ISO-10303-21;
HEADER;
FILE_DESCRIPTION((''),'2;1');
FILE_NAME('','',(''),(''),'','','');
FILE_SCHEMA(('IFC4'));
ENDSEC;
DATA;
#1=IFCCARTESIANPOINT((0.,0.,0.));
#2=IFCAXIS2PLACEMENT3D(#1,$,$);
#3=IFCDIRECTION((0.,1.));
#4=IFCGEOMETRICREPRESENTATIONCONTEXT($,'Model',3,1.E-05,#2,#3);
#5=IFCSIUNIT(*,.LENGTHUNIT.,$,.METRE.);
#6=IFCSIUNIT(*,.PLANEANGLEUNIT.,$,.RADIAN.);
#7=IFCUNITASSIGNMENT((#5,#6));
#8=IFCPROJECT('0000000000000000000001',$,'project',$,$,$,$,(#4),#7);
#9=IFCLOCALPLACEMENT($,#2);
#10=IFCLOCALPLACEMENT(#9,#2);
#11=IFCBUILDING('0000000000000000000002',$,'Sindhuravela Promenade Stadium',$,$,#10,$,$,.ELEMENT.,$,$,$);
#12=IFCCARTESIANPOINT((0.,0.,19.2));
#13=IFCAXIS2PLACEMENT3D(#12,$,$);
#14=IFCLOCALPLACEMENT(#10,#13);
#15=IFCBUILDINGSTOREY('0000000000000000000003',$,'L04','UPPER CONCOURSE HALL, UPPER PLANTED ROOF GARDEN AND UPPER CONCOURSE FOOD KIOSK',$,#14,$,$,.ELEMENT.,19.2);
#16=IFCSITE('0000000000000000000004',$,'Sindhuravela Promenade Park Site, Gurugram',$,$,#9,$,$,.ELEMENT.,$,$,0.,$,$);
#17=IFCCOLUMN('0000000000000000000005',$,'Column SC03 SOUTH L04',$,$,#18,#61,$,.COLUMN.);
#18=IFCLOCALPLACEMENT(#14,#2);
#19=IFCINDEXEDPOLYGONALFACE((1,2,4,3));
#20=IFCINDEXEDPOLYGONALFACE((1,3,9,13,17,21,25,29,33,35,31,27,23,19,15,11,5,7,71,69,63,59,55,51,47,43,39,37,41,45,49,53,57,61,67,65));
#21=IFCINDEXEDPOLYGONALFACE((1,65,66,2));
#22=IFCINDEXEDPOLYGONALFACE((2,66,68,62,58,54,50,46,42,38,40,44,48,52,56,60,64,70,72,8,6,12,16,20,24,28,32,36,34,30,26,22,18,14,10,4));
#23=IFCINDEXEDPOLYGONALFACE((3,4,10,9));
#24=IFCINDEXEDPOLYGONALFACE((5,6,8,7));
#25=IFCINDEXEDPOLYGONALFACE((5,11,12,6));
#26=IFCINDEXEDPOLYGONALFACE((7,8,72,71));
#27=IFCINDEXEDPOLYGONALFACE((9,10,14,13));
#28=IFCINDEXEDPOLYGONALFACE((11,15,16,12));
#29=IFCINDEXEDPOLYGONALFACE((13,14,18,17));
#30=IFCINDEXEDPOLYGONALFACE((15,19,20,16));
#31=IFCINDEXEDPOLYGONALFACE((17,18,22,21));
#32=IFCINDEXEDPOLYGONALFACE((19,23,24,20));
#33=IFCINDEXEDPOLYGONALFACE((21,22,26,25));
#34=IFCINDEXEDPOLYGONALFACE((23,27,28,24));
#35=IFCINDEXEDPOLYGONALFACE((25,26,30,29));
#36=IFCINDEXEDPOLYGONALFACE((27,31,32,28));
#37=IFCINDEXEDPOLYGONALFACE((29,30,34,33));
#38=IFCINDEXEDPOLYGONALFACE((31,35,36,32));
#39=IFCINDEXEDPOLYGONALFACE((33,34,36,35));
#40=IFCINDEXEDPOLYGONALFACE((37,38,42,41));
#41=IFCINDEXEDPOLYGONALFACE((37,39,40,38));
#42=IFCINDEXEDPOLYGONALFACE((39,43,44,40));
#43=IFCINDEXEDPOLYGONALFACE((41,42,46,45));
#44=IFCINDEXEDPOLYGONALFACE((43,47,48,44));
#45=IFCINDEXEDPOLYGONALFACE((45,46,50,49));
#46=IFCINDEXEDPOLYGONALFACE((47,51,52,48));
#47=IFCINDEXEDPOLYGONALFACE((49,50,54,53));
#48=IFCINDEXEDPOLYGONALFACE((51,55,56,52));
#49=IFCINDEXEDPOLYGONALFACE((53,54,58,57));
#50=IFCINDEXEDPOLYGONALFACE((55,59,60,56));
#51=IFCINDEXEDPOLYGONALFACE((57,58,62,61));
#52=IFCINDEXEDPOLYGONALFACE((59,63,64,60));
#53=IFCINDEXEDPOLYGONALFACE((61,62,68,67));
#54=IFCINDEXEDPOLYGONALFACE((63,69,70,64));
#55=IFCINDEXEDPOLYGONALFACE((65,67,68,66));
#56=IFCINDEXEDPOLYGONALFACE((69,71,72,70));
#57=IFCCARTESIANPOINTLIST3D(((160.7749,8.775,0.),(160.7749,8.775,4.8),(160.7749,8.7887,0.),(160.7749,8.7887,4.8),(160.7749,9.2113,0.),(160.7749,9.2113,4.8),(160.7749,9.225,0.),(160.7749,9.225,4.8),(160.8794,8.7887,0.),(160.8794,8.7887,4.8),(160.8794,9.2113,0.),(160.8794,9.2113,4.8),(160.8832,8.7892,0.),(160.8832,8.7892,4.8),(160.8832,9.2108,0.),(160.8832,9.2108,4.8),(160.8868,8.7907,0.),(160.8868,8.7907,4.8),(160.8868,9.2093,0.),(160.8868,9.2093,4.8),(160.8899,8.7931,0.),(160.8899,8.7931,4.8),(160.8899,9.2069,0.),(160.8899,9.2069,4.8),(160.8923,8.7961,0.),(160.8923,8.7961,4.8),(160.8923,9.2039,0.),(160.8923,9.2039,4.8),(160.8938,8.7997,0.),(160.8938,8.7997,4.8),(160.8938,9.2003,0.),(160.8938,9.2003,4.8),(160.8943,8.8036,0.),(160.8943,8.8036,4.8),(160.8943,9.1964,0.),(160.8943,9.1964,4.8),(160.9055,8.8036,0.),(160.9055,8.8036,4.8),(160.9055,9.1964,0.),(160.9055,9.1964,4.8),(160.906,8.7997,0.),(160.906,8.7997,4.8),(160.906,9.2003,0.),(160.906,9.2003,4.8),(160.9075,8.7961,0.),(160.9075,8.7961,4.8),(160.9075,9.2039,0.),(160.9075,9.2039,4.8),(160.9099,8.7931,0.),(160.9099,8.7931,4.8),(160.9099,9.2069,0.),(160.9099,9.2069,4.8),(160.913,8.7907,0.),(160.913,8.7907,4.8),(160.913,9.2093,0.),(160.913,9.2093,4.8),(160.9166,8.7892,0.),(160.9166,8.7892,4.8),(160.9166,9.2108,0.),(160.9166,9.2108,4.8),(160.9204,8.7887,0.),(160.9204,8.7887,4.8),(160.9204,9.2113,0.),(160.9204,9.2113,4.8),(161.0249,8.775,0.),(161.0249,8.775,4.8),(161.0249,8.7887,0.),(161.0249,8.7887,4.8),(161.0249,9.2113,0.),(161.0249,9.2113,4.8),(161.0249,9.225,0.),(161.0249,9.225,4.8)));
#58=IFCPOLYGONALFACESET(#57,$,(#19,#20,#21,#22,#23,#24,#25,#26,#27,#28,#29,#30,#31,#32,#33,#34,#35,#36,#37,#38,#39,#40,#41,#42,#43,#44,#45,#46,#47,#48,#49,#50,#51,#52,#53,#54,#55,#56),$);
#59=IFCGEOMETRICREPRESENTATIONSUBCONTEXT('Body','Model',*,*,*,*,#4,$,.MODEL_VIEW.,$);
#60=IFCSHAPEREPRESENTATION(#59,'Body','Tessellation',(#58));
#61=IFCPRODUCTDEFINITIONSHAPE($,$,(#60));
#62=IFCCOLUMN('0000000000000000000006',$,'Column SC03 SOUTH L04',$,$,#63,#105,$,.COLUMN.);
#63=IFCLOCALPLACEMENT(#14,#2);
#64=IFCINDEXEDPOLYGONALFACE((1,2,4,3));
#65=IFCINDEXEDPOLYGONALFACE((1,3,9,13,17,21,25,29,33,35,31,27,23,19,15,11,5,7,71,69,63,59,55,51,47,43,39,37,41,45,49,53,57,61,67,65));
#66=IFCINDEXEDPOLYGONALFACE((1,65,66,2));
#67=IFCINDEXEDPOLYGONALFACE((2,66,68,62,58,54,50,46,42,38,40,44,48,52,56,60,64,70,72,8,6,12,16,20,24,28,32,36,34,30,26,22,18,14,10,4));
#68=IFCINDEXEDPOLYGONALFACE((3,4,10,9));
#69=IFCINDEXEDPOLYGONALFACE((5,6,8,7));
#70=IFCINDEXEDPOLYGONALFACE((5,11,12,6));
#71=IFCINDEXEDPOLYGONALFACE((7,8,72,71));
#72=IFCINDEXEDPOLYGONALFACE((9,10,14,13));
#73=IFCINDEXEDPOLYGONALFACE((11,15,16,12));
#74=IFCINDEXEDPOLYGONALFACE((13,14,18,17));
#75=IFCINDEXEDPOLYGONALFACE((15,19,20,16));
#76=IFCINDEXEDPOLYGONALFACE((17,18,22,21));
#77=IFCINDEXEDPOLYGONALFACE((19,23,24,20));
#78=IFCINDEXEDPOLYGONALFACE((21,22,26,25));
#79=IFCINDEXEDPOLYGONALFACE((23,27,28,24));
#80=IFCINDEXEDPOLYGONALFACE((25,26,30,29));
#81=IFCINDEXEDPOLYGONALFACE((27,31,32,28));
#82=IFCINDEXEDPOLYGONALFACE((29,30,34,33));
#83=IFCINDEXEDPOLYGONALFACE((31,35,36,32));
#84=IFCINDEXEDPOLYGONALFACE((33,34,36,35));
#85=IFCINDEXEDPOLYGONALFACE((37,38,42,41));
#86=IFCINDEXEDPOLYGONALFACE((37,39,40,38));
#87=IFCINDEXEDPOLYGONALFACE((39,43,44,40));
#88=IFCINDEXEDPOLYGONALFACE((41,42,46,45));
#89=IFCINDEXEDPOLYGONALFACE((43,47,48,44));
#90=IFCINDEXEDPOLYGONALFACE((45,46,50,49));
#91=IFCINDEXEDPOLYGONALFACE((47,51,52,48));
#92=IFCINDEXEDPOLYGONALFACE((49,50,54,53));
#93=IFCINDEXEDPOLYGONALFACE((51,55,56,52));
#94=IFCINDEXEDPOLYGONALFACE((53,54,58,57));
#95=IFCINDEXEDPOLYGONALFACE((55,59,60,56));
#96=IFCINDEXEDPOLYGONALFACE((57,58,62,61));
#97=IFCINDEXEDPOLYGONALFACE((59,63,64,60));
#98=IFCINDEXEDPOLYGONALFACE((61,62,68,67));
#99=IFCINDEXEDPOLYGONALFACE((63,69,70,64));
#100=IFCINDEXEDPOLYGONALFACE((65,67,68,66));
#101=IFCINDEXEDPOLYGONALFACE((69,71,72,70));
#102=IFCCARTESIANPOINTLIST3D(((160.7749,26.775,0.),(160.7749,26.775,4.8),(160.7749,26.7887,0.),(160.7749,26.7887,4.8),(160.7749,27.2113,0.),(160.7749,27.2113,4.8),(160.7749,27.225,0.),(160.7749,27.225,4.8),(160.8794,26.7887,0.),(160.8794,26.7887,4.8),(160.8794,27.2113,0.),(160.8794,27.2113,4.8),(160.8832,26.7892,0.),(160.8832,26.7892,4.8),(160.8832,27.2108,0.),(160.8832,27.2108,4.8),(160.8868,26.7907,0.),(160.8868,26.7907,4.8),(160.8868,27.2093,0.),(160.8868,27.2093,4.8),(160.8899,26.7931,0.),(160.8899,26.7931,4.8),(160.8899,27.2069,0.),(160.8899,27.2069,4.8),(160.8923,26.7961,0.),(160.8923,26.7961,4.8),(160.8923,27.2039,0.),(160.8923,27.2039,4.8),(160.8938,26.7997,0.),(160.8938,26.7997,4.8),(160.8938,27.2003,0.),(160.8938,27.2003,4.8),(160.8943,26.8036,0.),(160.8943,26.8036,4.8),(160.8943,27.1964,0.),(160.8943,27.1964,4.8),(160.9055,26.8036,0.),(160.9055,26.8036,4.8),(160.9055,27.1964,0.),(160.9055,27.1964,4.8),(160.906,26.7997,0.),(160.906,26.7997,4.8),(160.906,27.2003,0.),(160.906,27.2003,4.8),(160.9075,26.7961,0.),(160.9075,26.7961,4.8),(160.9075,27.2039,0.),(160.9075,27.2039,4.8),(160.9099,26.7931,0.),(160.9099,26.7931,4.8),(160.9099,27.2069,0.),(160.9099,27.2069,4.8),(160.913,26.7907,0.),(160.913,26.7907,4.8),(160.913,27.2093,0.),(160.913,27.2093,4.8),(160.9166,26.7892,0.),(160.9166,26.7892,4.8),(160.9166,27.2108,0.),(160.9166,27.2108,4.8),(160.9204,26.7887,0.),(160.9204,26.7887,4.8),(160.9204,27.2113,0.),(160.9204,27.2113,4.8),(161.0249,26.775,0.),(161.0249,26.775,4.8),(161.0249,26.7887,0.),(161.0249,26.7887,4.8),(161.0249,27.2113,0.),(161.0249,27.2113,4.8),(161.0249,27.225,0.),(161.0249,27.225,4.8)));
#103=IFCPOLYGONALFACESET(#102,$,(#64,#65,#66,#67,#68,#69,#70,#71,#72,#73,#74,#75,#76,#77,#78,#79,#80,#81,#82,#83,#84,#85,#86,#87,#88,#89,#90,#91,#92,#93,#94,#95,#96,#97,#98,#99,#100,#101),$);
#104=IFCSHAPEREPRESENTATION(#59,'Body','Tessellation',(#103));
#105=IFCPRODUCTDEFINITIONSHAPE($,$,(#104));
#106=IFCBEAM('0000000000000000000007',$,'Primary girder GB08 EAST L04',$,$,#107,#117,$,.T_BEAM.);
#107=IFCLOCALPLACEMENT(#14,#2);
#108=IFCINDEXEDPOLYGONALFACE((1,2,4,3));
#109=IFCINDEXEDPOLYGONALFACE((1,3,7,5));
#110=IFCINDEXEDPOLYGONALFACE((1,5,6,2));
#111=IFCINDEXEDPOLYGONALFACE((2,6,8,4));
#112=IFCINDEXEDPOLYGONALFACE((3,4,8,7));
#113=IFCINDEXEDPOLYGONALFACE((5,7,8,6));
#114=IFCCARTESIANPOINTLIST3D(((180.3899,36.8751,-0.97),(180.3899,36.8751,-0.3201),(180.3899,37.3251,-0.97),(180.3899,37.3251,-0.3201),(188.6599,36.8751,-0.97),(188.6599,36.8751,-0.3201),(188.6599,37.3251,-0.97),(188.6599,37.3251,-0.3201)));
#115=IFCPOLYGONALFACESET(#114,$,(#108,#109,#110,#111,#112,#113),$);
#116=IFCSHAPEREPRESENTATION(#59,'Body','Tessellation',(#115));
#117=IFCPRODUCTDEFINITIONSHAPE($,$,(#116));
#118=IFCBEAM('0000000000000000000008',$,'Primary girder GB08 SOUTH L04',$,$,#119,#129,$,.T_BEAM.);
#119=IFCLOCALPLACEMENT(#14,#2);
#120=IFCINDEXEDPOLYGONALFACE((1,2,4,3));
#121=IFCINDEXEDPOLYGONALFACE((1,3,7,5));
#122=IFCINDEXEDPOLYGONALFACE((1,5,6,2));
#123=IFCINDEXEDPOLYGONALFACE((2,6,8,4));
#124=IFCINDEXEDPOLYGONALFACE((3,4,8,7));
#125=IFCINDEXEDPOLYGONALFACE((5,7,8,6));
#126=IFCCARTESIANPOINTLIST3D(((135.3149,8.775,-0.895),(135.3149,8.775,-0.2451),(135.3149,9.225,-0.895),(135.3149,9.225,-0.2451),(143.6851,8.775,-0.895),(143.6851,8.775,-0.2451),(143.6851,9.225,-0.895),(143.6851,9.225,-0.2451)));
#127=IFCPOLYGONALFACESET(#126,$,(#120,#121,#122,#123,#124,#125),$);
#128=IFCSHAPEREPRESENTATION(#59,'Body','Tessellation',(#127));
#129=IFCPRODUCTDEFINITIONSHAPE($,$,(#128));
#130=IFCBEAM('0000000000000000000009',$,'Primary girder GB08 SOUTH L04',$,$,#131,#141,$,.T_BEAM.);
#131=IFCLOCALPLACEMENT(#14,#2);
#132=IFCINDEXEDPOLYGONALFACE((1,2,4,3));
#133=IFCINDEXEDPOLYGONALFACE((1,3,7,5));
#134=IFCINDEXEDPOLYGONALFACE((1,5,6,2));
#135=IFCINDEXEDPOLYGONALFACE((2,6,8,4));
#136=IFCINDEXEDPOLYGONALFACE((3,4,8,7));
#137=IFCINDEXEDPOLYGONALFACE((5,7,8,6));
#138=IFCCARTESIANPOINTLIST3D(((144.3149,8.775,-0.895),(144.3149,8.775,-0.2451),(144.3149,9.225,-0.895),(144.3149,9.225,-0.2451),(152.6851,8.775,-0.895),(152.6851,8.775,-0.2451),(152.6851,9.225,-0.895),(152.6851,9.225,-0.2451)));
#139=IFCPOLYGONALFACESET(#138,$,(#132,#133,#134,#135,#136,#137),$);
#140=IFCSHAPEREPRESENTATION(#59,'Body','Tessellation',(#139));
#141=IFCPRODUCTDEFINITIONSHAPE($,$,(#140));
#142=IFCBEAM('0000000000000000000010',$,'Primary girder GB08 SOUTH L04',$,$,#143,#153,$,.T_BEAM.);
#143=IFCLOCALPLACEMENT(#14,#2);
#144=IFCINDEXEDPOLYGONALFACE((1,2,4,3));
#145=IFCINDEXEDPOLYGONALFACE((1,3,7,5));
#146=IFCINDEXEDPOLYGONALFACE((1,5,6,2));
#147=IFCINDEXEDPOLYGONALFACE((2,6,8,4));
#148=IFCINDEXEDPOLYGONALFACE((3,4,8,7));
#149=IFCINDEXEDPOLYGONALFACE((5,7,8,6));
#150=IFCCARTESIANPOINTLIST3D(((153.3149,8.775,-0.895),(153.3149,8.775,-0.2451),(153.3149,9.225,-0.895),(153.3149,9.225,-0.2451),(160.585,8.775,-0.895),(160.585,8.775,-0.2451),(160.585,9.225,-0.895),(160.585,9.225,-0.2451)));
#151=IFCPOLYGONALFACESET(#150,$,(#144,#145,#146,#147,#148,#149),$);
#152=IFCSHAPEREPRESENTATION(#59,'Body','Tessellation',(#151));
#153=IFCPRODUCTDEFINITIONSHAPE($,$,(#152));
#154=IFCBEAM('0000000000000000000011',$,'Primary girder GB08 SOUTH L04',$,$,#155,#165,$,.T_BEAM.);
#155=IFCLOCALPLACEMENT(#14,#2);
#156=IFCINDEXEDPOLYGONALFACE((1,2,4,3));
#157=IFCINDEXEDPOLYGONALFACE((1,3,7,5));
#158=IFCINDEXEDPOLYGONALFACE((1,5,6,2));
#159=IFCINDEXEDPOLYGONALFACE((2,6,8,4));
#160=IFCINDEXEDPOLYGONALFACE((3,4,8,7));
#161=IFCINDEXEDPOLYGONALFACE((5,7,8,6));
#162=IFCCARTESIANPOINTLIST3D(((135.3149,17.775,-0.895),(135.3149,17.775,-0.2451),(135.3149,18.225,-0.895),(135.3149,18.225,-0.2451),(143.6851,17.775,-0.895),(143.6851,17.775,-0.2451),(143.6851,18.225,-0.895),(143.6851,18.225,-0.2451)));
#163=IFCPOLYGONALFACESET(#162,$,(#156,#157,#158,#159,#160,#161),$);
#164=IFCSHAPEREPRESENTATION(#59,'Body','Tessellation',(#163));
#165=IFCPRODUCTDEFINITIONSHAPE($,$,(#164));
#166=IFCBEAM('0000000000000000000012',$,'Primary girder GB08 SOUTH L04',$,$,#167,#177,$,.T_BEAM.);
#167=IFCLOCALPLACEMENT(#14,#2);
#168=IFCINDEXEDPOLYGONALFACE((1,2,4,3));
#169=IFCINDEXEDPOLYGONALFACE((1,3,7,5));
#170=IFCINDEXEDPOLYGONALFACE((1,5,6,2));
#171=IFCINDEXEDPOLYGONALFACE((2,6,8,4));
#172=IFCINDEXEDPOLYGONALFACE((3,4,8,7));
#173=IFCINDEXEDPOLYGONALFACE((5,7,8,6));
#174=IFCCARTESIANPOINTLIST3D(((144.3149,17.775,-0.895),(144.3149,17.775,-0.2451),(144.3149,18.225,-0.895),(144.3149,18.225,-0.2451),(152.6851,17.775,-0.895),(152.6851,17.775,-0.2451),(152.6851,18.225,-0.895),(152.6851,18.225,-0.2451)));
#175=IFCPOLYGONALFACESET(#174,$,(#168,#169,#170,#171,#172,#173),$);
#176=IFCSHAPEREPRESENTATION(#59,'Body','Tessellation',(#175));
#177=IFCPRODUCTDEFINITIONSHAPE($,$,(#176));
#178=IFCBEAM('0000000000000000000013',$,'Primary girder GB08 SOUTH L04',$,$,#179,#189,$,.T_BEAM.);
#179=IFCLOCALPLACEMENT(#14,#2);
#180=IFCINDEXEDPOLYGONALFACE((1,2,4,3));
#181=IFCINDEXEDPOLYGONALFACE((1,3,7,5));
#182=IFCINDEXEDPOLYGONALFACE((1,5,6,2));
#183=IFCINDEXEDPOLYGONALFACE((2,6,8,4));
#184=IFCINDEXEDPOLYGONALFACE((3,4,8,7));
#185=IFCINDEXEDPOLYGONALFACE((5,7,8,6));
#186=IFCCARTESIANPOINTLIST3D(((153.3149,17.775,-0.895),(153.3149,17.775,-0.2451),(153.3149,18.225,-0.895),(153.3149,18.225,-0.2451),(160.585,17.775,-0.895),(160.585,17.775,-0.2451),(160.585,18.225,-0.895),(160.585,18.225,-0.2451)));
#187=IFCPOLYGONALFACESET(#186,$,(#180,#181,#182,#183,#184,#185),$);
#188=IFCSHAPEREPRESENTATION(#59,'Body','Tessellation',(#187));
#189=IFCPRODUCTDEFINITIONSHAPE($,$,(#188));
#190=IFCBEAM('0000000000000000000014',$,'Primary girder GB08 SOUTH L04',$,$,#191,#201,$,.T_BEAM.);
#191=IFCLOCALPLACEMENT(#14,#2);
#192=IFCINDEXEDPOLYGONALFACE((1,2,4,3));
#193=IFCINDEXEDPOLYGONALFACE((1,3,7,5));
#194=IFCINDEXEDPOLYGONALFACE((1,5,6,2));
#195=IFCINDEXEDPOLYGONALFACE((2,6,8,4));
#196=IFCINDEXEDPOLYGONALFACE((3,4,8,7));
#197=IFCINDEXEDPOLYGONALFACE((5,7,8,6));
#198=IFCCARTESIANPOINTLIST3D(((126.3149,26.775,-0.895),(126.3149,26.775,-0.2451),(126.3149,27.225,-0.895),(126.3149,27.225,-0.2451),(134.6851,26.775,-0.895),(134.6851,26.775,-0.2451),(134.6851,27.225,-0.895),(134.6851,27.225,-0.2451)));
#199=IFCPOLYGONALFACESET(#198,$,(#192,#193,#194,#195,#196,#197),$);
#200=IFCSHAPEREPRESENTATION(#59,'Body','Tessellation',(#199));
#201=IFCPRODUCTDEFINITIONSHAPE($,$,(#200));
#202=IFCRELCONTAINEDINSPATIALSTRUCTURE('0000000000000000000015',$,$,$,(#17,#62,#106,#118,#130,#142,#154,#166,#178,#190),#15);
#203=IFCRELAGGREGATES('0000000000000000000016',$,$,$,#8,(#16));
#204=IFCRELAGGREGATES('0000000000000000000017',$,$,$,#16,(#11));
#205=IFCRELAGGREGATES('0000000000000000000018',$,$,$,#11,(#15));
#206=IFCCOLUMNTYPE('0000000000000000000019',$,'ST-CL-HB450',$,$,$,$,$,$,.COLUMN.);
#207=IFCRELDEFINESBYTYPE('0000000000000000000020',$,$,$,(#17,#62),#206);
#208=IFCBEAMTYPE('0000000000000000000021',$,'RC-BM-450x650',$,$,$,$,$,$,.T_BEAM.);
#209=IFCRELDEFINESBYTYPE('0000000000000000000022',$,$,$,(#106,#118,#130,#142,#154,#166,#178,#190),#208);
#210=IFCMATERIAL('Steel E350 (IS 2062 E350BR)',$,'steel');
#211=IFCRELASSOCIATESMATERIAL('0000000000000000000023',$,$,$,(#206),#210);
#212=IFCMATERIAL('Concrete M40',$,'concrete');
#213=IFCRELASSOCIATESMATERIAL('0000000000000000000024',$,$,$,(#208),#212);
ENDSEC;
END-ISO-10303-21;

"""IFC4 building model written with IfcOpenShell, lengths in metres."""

from ifc_helpers import new_model, si_unit, direction, frame, origin, origin_2d, place, context, subcontext, project, spatial, rectangle, i_section, extrude, material, material_profile, profile_set, type_object, element, save


model = new_model("IFC4")

# Units and contexts
model_context = context("Model", 3, precision=1e-05, world=origin(), true_north=direction((0.0, 1.0)))
body_context = subcontext(model_context, "Body", "Model", "MODEL_VIEW")
ifc_project = project(units=[si_unit("LENGTHUNIT", "METRE"), si_unit("PLANEANGLEUNIT", "RADIAN")], contexts=[model_context])

# Site, building, storey
site_placement = place(None, origin())
site = spatial("IfcSite", under=ifc_project, at=site_placement, Name="Sindhuravela Promenade Park Site, Gurugram", CompositionType="ELEMENT", RefElevation=0.0)
building_placement = place(site_placement, origin())
building = spatial("IfcBuilding", under=site, at=building_placement, Name="Sindhuravela Promenade Stadium", CompositionType="ELEMENT")
storey_placement = place(building_placement, frame((0.0, 0.0, 19.2)))
storey = spatial("IfcBuildingStorey", under=building, at=storey_placement, Name="L04", Description="UPPER CONCOURSE HALL, UPPER PLANTED ROOF GARDEN AND UPPER CONCOURSE FOOD KIOSK", CompositionType="ELEMENT", Elevation=19.2)

# Columns
ifc_material_1 = material(Name="Concrete M40", Category="concrete")
ifc_material_2 = material(Name="Steel E350 (IS 2062 E350BR)", Category="steel")
ifc_material_profile_1 = material_profile(ifc_material_2, i_section(OverallWidth=0.25, OverallDepth=0.45, WebThickness=0.0112, FlangeThickness=0.0137, FilletRadius=0.0149, at=origin_2d()), Name="ISHB 450")
ifc_profile_set_1 = profile_set([ifc_material_profile_1], Name="Steel E350 (IS 2062 E350BR)")
column_type_1 = type_object("IfcColumnType", Name="ST-CL-HB450", PredefinedType="COLUMN", material=ifc_profile_set_1)
for number, where, z_axis, x_axis, name in (
    (1, (160.8999, 9.0, 0.0), (0.0, 0.0, 1.0), (1.0, 0.0, 0.0), "Column SC03 SOUTH L04"),
    (2, (160.8999, 27.0, 0.0), (0.0, 0.0, 1.0), (1.0, 0.0, 0.0), "Column SC03 SOUTH L04"),
):
    element("IfcColumn", number, at=place(storey_placement, frame(where, z_axis=z_axis, x_axis=x_axis)), inside=storey, type_object=column_type_1, Name=name, PredefinedType="COLUMN", context=body_context, shape_type="SweptSolid", body=[
        extrude(i_section(OverallWidth=0.25, OverallDepth=0.45, WebThickness=0.0112, FlangeThickness=0.0137, FilletRadius=0.0149, at=origin_2d()), origin(), (0.0, 0.0, 1.0), 4.8),
    ])

# Beams
ifc_material_profile_2 = material_profile(ifc_material_1, rectangle(XDim=0.45, YDim=0.6499, at=origin_2d()), Name="RC 450x650")
ifc_profile_set_2 = profile_set([ifc_material_profile_2], Name="Concrete M40")
beam_type_1 = type_object("IfcBeamType", Name="RC-BM-450x650", PredefinedType="T_BEAM", material=ifc_profile_set_2)
beam_1_placement = place(storey_placement, frame((180.3899, 37.1001, -0.645), z_axis=(1.0, 0.0, 0.0), x_axis=(0.0, 1.0, 0.0)))
element("IfcBeam", 3, at=beam_1_placement, inside=storey, type_object=beam_type_1, Name="Primary girder GB08 EAST L04", PredefinedType="T_BEAM", context=body_context, shape_type="SweptSolid", body=[
    extrude(rectangle(XDim=0.45, YDim=0.6499, at=origin_2d()), origin(), (0.0, 0.0, 1.0), 8.27),
])
for number, where, z_axis, x_axis, name in (
    (4, (135.3149, 9.0, -0.5701), (1.0, 0.0, 0.0), (0.0, 1.0, 0.0), "Primary girder GB08 SOUTH L04"),
    (5, (144.3149, 9.0, -0.5701), (1.0, 0.0, 0.0), (0.0, 1.0, 0.0), "Primary girder GB08 SOUTH L04"),
):
    element("IfcBeam", number, at=place(storey_placement, frame(where, z_axis=z_axis, x_axis=x_axis)), inside=storey, type_object=beam_type_1, Name=name, PredefinedType="T_BEAM", context=body_context, shape_type="SweptSolid", body=[
        extrude(rectangle(XDim=0.45, YDim=0.6499, at=origin_2d()), origin(), (0.0, 0.0, 1.0), 8.3701),
    ])
beam_2_placement = place(storey_placement, frame((153.3149, 9.0, -0.5701), z_axis=(1.0, 0.0, 0.0), x_axis=(0.0, 1.0, 0.0)))
element("IfcBeam", 6, at=beam_2_placement, inside=storey, type_object=beam_type_1, Name="Primary girder GB08 SOUTH L04", PredefinedType="T_BEAM", context=body_context, shape_type="SweptSolid", body=[
    extrude(rectangle(XDim=0.45, YDim=0.6499, at=origin_2d()), origin(), (0.0, 0.0, 1.0), 7.27),
])
for number, where, z_axis, x_axis, name in (
    (7, (135.3149, 18.0, -0.5701), (1.0, 0.0, 0.0), (0.0, 1.0, 0.0), "Primary girder GB08 SOUTH L04"),
    (8, (144.3149, 18.0, -0.5701), (1.0, 0.0, 0.0), (0.0, 1.0, 0.0), "Primary girder GB08 SOUTH L04"),
):
    element("IfcBeam", number, at=place(storey_placement, frame(where, z_axis=z_axis, x_axis=x_axis)), inside=storey, type_object=beam_type_1, Name=name, PredefinedType="T_BEAM", context=body_context, shape_type="SweptSolid", body=[
        extrude(rectangle(XDim=0.45, YDim=0.6499, at=origin_2d()), origin(), (0.0, 0.0, 1.0), 8.3701),
    ])
beam_3_placement = place(storey_placement, frame((153.3149, 18.0, -0.5701), z_axis=(1.0, 0.0, 0.0), x_axis=(0.0, 1.0, 0.0)))
element("IfcBeam", 9, at=beam_3_placement, inside=storey, type_object=beam_type_1, Name="Primary girder GB08 SOUTH L04", PredefinedType="T_BEAM", context=body_context, shape_type="SweptSolid", body=[
    extrude(rectangle(XDim=0.45, YDim=0.6499, at=origin_2d()), origin(), (0.0, 0.0, 1.0), 7.27),
])
for number, where, z_axis, x_axis, name in (
    (10, (126.3149, 27.0, -0.5701), (1.0, 0.0, 0.0), (0.0, 1.0, 0.0), "Primary girder GB08 SOUTH L04"),
):
    element("IfcBeam", number, at=place(storey_placement, frame(where, z_axis=z_axis, x_axis=x_axis)), inside=storey, type_object=beam_type_1, Name=name, PredefinedType="T_BEAM", context=body_context, shape_type="SweptSolid", body=[
        extrude(rectangle(XDim=0.45, YDim=0.6499, at=origin_2d()), origin(), (0.0, 0.0, 1.0), 8.3701),
    ])

save(model, "model.ifc")
